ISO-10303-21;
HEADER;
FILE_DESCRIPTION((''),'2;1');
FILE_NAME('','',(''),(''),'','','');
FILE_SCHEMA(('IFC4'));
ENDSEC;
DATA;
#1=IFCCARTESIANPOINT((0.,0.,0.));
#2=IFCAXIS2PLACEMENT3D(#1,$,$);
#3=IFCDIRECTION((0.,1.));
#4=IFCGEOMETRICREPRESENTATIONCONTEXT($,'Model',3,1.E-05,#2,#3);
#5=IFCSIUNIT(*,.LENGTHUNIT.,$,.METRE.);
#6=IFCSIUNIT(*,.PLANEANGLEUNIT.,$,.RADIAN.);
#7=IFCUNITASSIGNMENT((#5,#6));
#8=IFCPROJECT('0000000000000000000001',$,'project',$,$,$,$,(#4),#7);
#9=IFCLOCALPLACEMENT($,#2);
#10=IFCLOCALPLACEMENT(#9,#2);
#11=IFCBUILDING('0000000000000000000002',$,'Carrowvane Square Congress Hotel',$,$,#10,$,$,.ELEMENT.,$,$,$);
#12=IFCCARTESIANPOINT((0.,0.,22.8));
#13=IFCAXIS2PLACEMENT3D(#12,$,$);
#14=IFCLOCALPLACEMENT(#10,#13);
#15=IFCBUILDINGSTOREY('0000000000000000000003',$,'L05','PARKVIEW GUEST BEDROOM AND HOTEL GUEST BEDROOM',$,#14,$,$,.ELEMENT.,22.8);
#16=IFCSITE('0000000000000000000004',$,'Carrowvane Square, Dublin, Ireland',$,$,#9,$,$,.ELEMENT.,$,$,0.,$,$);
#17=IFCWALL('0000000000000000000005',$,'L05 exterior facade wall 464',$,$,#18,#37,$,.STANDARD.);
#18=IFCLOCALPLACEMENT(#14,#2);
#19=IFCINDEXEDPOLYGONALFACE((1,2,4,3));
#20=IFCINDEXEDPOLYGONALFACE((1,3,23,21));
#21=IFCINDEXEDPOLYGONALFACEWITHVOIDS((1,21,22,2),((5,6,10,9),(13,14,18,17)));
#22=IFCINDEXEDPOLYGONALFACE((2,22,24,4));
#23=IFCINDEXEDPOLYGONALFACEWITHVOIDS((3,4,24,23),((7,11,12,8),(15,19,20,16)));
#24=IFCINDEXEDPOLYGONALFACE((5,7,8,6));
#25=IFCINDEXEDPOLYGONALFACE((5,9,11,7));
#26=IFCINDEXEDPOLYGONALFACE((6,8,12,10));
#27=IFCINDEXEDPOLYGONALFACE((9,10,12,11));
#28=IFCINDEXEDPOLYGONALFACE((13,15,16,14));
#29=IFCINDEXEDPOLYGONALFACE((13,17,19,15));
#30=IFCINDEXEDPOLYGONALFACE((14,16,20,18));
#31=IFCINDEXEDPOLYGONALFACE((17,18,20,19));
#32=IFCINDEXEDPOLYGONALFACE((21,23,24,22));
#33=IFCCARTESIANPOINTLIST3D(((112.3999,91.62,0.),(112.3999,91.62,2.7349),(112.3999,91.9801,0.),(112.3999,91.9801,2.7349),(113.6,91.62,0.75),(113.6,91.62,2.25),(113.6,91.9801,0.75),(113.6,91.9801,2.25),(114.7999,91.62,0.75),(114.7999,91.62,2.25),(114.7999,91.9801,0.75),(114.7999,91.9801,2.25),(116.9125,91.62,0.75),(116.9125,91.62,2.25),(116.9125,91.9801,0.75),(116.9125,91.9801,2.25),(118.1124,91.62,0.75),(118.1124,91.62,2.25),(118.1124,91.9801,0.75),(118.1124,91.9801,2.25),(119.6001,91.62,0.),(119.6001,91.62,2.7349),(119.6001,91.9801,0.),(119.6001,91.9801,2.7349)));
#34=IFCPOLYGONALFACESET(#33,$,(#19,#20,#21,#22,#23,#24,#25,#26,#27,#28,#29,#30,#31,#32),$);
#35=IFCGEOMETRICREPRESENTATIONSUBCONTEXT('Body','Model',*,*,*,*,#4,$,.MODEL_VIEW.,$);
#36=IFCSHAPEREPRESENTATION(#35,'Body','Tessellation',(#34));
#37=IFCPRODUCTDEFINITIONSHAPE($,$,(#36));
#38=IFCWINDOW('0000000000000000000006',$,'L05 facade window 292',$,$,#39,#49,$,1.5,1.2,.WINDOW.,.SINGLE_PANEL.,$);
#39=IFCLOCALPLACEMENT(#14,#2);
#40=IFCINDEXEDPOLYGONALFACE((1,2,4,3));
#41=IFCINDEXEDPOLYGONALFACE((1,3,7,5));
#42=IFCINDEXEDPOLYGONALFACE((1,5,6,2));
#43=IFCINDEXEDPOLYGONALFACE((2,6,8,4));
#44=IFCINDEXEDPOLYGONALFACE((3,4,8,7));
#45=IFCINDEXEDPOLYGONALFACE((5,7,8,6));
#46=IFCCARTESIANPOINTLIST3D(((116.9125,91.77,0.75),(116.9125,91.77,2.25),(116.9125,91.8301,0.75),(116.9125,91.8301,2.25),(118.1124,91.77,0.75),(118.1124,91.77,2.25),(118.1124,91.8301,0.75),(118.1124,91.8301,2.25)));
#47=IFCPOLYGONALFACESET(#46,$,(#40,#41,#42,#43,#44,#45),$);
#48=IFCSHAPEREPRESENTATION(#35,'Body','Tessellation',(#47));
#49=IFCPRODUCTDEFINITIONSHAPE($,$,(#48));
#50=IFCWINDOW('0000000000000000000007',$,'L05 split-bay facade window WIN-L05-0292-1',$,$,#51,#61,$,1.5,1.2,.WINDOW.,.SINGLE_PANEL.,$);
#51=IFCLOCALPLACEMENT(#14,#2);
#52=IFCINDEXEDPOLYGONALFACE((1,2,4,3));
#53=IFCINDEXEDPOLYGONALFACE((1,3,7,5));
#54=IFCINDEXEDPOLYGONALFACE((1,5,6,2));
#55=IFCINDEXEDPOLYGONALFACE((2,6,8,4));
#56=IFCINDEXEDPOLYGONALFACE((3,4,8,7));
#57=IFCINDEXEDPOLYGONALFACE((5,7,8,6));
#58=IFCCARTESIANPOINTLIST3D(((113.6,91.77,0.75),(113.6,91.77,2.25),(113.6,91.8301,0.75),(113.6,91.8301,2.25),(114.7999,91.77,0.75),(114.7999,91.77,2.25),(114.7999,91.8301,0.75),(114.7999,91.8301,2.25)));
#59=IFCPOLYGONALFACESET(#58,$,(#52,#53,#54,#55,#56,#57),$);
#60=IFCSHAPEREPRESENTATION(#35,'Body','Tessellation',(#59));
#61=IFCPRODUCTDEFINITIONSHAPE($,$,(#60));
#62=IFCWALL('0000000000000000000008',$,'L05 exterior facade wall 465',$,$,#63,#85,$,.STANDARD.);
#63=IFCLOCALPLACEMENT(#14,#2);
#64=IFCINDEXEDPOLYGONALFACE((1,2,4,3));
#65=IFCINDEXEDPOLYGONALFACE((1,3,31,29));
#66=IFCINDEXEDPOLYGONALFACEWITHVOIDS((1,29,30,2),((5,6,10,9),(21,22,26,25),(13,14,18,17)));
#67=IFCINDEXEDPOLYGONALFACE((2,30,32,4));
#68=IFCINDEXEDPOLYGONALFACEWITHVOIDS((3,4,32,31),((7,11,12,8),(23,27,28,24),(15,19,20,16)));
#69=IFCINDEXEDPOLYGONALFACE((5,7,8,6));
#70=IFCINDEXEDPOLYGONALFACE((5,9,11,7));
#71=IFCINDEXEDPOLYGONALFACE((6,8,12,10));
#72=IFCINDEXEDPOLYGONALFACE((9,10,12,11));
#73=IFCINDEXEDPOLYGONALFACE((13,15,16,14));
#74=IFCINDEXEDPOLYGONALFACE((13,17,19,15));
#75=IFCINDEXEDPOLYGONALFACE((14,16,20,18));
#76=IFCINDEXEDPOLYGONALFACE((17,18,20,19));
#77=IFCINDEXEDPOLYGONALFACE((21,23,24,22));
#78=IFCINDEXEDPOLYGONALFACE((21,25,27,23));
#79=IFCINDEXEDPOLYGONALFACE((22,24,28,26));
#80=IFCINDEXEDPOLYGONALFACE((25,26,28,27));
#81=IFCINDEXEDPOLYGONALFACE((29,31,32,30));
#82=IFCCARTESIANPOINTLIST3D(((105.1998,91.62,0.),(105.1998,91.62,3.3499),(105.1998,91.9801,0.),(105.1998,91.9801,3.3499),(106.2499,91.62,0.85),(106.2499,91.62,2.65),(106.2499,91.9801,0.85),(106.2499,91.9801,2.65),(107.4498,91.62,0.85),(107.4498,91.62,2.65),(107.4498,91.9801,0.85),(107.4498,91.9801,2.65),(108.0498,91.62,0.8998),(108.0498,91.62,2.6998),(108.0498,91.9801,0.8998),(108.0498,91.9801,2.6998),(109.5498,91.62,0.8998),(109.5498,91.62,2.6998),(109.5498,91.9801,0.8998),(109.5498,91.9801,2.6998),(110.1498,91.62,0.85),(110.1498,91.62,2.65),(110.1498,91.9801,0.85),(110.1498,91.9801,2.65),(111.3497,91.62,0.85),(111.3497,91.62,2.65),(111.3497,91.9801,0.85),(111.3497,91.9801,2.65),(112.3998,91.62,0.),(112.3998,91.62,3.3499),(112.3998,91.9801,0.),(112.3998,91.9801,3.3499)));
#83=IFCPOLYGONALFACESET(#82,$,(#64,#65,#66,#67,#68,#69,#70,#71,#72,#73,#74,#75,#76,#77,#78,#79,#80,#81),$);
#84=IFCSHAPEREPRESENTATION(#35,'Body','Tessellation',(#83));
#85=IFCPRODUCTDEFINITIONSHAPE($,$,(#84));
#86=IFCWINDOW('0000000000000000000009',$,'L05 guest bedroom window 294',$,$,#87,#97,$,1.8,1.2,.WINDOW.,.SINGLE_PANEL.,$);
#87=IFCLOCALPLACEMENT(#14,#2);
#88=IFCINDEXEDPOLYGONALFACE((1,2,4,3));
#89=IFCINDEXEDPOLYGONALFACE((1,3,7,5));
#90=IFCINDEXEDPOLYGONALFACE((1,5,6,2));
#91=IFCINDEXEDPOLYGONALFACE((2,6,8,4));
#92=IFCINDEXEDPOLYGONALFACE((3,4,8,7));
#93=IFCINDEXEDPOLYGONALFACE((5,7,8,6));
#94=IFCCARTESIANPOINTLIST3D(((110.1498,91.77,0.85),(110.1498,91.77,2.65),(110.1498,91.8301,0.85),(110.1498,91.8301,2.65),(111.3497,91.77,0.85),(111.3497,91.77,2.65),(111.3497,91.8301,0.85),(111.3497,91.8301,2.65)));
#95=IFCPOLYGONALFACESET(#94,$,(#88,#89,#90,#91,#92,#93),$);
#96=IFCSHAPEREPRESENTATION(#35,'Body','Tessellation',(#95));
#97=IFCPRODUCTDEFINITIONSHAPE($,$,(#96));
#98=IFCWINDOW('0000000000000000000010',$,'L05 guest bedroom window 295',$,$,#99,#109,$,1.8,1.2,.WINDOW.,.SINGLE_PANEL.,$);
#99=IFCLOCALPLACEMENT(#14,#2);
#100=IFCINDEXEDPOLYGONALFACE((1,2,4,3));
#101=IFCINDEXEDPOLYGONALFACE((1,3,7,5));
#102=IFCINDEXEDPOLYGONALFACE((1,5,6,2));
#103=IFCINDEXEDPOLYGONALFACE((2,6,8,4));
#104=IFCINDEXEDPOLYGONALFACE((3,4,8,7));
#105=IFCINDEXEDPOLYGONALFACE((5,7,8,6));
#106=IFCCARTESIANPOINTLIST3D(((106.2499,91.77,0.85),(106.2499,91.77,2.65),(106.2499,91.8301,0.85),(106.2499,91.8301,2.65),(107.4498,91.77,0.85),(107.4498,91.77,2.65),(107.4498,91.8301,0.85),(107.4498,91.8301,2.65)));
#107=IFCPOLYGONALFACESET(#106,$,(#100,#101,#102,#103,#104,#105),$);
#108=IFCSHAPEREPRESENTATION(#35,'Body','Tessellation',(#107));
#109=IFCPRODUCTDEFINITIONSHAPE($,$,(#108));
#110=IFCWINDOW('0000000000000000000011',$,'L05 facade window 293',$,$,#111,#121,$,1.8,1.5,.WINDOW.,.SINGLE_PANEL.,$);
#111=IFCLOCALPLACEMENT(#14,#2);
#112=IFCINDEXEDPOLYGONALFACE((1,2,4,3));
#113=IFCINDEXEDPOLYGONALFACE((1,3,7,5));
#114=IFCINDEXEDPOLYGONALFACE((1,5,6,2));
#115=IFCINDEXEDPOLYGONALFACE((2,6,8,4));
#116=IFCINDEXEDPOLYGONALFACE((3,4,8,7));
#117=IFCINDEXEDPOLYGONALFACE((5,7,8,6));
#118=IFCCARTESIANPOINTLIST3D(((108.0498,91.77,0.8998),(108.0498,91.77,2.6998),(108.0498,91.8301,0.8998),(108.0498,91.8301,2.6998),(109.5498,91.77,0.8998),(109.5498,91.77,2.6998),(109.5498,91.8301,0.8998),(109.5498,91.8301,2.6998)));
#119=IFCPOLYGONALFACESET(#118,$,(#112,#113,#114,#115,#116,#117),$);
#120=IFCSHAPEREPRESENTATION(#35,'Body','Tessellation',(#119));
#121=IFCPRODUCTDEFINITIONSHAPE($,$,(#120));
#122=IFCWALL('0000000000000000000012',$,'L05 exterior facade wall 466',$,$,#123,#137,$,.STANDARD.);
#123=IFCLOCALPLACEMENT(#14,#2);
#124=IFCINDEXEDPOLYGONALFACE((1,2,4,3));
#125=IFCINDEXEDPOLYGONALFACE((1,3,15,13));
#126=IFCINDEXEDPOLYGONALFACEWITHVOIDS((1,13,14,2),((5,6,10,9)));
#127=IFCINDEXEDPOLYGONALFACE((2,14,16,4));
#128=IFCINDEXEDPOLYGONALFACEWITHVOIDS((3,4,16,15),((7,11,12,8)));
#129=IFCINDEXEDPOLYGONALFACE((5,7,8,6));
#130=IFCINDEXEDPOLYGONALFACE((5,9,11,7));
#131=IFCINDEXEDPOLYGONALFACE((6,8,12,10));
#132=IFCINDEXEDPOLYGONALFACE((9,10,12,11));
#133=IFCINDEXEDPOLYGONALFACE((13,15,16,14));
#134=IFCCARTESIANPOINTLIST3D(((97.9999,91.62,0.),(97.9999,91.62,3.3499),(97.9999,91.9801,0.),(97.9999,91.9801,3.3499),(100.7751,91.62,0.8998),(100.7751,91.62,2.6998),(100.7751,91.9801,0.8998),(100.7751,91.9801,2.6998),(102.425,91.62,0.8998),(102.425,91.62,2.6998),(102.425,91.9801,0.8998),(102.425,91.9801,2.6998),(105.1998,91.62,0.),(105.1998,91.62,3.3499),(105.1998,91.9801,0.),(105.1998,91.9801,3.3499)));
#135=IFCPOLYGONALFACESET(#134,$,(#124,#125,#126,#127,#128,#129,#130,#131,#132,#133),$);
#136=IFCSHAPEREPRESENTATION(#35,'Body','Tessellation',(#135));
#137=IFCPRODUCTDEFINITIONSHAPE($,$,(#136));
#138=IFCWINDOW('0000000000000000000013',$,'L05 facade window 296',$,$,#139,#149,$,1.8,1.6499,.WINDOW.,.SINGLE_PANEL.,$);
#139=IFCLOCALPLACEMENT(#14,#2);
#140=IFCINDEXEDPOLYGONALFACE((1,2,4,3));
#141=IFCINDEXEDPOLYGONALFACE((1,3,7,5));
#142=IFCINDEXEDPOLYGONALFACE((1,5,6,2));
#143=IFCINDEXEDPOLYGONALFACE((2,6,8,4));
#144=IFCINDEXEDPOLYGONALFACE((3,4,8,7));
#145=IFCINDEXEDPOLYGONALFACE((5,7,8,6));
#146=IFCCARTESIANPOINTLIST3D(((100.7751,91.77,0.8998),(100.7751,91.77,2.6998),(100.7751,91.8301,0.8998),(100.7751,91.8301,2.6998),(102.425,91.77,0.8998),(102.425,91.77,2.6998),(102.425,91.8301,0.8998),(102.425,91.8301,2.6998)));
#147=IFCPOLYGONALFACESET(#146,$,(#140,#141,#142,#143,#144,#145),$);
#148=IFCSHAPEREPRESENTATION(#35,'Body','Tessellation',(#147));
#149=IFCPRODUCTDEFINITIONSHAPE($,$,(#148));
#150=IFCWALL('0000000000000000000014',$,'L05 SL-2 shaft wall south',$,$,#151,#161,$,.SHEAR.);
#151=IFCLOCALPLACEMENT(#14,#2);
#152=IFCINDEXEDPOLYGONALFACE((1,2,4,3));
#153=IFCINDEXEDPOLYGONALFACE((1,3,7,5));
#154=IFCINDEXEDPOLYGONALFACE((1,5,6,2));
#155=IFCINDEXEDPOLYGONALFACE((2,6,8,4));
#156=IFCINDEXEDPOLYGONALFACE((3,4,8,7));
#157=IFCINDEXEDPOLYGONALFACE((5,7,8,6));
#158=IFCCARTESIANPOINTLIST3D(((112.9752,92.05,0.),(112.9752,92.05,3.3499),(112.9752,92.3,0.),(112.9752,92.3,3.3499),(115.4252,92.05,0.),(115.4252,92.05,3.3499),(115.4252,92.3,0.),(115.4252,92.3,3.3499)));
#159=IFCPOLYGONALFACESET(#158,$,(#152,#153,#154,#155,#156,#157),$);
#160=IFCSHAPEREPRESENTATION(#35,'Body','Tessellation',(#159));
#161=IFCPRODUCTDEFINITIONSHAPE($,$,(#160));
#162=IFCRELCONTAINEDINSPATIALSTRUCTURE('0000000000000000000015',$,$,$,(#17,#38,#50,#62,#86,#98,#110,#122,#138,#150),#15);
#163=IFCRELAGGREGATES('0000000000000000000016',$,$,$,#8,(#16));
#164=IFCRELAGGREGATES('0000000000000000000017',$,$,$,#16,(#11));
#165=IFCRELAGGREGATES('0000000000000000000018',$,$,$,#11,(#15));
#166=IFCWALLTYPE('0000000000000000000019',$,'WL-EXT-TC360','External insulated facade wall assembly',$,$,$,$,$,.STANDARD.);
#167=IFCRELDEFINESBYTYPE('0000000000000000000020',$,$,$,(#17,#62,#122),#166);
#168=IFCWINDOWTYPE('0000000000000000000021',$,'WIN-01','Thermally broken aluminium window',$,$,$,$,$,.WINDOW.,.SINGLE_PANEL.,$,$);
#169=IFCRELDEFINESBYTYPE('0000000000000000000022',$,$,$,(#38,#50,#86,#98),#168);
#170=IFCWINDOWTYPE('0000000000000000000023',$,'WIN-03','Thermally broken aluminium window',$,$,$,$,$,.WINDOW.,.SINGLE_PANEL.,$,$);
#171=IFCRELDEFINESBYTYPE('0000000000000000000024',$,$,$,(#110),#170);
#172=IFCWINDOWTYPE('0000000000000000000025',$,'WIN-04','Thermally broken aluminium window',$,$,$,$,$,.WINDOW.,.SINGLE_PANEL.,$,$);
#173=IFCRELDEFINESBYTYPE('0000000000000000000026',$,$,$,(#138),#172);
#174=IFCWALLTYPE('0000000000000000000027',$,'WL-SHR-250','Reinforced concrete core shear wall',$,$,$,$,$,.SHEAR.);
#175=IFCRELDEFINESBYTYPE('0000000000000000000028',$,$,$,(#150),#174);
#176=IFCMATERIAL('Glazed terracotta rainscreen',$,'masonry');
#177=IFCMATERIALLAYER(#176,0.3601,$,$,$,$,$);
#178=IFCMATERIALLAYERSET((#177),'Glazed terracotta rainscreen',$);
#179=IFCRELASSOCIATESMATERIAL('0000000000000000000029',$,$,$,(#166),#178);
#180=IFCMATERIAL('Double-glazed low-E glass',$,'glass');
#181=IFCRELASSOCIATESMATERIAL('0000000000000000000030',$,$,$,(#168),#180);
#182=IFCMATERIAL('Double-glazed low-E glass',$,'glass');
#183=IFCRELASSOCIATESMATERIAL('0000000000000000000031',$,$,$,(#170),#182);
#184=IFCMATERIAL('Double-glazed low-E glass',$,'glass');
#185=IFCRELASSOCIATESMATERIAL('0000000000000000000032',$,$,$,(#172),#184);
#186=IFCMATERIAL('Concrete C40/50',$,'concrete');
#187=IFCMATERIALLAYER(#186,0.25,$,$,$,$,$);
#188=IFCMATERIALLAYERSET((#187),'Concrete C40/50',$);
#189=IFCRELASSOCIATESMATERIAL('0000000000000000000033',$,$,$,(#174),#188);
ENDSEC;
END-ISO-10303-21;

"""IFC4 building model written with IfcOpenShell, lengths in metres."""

from ifc_helpers import new_model, si_unit, direction, frame, frame_2d, origin, place, context, subcontext, project, spatial, rectangle, extrude, material, layer, layer_set, type_object, element, fill, save


model = new_model("IFC4")

# Units and contexts
model_context = context("Model", 3, precision=1e-05, world=origin(), true_north=direction((0.0, 1.0)))
body_context = subcontext(model_context, "Body", "Model", "MODEL_VIEW")
ifc_project = project(units=[si_unit("LENGTHUNIT", "METRE"), si_unit("PLANEANGLEUNIT", "RADIAN")], contexts=[model_context])

# Site, building, storey
site_placement = place(None, origin())
site = spatial("IfcSite", under=ifc_project, at=site_placement, Name="Carrowvane Square, Dublin, Ireland", CompositionType="ELEMENT", RefElevation=0.0)
building_placement = place(site_placement, origin())
building = spatial("IfcBuilding", under=site, at=building_placement, Name="Carrowvane Square Congress Hotel", CompositionType="ELEMENT")
storey_placement = place(building_placement, frame((0.0, 0.0, 22.8)))
storey = spatial("IfcBuildingStorey", under=building, at=storey_placement, Name="L05", Description="PARKVIEW GUEST BEDROOM AND HOTEL GUEST BEDROOM", CompositionType="ELEMENT", Elevation=22.8)

# Walls, openings, windows
ifc_material_1 = material(Name="Glazed terracotta rainscreen", Category="masonry")
ifc_layer_1 = layer(ifc_material_1, 0.3601)
ifc_layer_set_1 = layer_set([ifc_layer_1], Name="Glazed terracotta rainscreen")
wall_type_1 = type_object("IfcWallType", Name="WL-EXT-TC360", Description="External insulated facade wall assembly", PredefinedType="STANDARD", material=ifc_layer_set_1)
ifc_material_2 = material(Name="Double-glazed low-E glass", Category="glass")
window_type_1 = type_object("IfcWindowType", Name="WIN-01", Description="Thermally broken aluminium window", PartitioningType="SINGLE_PANEL", PredefinedType="WINDOW", material=ifc_material_2)
wall_1_placement = place(storey_placement, frame((119.6001, 91.8, 0.0), z_axis=(0.0, 0.0, 1.0), x_axis=(-1.0, 0.0, 0.0)))
wall_1 = element("IfcWall", 1, at=wall_1_placement, inside=storey, type_object=wall_type_1, Name="L05 exterior facade wall 464", PredefinedType="STANDARD", context=body_context, shape_type="SweptSolid", body=[
    extrude(rectangle(XDim=7.2002, YDim=0.3601, at=frame_2d((3.6001, 0.0))), origin(), (0.0, 0.0, 1.0), 2.7349),
])
opening_1_placement = place(wall_1_placement, frame((1.4875, 0.0, 0.75)))
opening_1 = element("IfcOpeningElement", 2, at=opening_1_placement, cuts=wall_1, PredefinedType="OPENING", context=body_context, shape_type="SweptSolid", body=[
    extrude(rectangle(XDim=1.2, YDim=1.5, at=frame_2d((0.6001, 0.75))), frame((0.0, 0.1899, 0.0), z_axis=(0.0, -1.0, 0.0), x_axis=(1.0, 0.0, 0.0)), (0.0, 0.0, 1.0), 0.3801),
])
opening_2_placement = place(wall_1_placement, frame((4.8, 0.0, 0.75)))
opening_2 = element("IfcOpeningElement", 3, at=opening_2_placement, cuts=wall_1, PredefinedType="OPENING", context=body_context, shape_type="SweptSolid", body=[
    extrude(rectangle(XDim=1.2, YDim=1.5, at=frame_2d((0.6001, 0.75))), frame((0.0, 0.1899, 0.0), z_axis=(0.0, -1.0, 0.0), x_axis=(1.0, 0.0, 0.0)), (0.0, 0.0, 1.0), 0.3801),
])
window_1_placement = place(opening_1_placement, origin())
window_1 = element("IfcWindow", 4, at=window_1_placement, inside=storey, type_object=window_type_1, Name="L05 facade window 292", OverallHeight=1.5, OverallWidth=1.2, PartitioningType="SINGLE_PANEL", PredefinedType="WINDOW", context=body_context, shape_type="SweptSolid", body=[
    extrude(rectangle(XDim=1.2, YDim=1.5, at=frame_2d((0.6001, 0.75))), frame((0.0, 0.03, 0.0), z_axis=(0.0, -1.0, 0.0), x_axis=(1.0, 0.0, 0.0)), (0.0, 0.0, 1.0), 0.0601),
])
fill(opening_1, window_1)
window_2_placement = place(opening_2_placement, origin())
window_2 = element("IfcWindow", 5, at=window_2_placement, inside=storey, type_object=window_type_1, Name="L05 split-bay facade window WIN-L05-0292-1", OverallHeight=1.5, OverallWidth=1.2, PartitioningType="SINGLE_PANEL", PredefinedType="WINDOW", context=body_context, shape_type="SweptSolid", body=[
    extrude(rectangle(XDim=1.2, YDim=1.5, at=frame_2d((0.6001, 0.75))), frame((0.0, 0.03, 0.0), z_axis=(0.0, -1.0, 0.0), x_axis=(1.0, 0.0, 0.0)), (0.0, 0.0, 1.0), 0.0601),
])
fill(opening_2, window_2)
wall_2_placement = place(storey_placement, frame((112.3999, 91.8, 0.0), z_axis=(0.0, 0.0, 1.0), x_axis=(-1.0, 0.0, 0.0)))
wall_2 = element("IfcWall", 6, at=wall_2_placement, inside=storey, type_object=wall_type_1, Name="L05 exterior facade wall 465", PredefinedType="STANDARD", context=body_context, shape_type="SweptSolid", body=[
    extrude(rectangle(XDim=7.2, YDim=0.3601, at=frame_2d((3.6001, 0.0))), origin(), (0.0, 0.0, 1.0), 3.3499),
])
opening_3_placement = place(wall_2_placement, frame((2.8501, 0.0, 0.8999)))
opening_3 = element("IfcOpeningElement", 7, at=opening_3_placement, cuts=wall_2, PredefinedType="OPENING", context=body_context, shape_type="SweptSolid", body=[
    extrude(rectangle(XDim=1.5, YDim=1.8, at=frame_2d((0.75, 0.8999))), frame((0.0, 0.1899, 0.0), z_axis=(0.0, -1.0, 0.0), x_axis=(1.0, 0.0, 0.0)), (0.0, 0.0, 1.0), 0.3801),
])
opening_4_placement = place(wall_2_placement, frame((1.05, 0.0, 0.8501)))
opening_4 = element("IfcOpeningElement", 8, at=opening_4_placement, cuts=wall_2, PredefinedType="OPENING", context=body_context, shape_type="SweptSolid", body=[
    extrude(rectangle(XDim=1.2, YDim=1.8, at=frame_2d((0.6001, 0.8999))), frame((0.0, 0.1899, 0.0), z_axis=(0.0, -1.0, 0.0), x_axis=(1.0, 0.0, 0.0)), (0.0, 0.0, 1.0), 0.3801),
])
opening_5_placement = place(wall_2_placement, frame((4.95, 0.0, 0.8501)))
opening_5 = element("IfcOpeningElement", 9, at=opening_5_placement, cuts=wall_2, PredefinedType="OPENING", context=body_context, shape_type="SweptSolid", body=[
    extrude(rectangle(XDim=1.2, YDim=1.8, at=frame_2d((0.6001, 0.8999))), frame((0.0, 0.1899, 0.0), z_axis=(0.0, -1.0, 0.0), x_axis=(1.0, 0.0, 0.0)), (0.0, 0.0, 1.0), 0.3801),
])
window_3_placement = place(opening_4_placement, origin())
window_3 = element("IfcWindow", 10, at=window_3_placement, inside=storey, type_object=window_type_1, Name="L05 guest bedroom window 294", OverallHeight=1.8, OverallWidth=1.2, PartitioningType="SINGLE_PANEL", PredefinedType="WINDOW", context=body_context, shape_type="SweptSolid", body=[
    extrude(rectangle(XDim=1.2, YDim=1.8, at=frame_2d((0.6001, 0.8999))), frame((0.0, 0.03, 0.0), z_axis=(0.0, -1.0, 0.0), x_axis=(1.0, 0.0, 0.0)), (0.0, 0.0, 1.0), 0.0601),
])
fill(opening_4, window_3)
window_4_placement = place(opening_5_placement, origin())
window_4 = element("IfcWindow", 11, at=window_4_placement, inside=storey, type_object=window_type_1, Name="L05 guest bedroom window 295", OverallHeight=1.8, OverallWidth=1.2, PartitioningType="SINGLE_PANEL", PredefinedType="WINDOW", context=body_context, shape_type="SweptSolid", body=[
    extrude(rectangle(XDim=1.2, YDim=1.8, at=frame_2d((0.6001, 0.8999))), frame((0.0, 0.03, 0.0), z_axis=(0.0, -1.0, 0.0), x_axis=(1.0, 0.0, 0.0)), (0.0, 0.0, 1.0), 0.0601),
])
fill(opening_5, window_4)
ifc_material_3 = material(Name="Double-glazed low-E glass", Category="glass")
window_type_2 = type_object("IfcWindowType", Name="WIN-03", Description="Thermally broken aluminium window", PartitioningType="SINGLE_PANEL", PredefinedType="WINDOW", material=ifc_material_3)
window_5_placement = place(opening_3_placement, origin())
window_5 = element("IfcWindow", 12, at=window_5_placement, inside=storey, type_object=window_type_2, Name="L05 facade window 293", OverallHeight=1.8, OverallWidth=1.5, PartitioningType="SINGLE_PANEL", PredefinedType="WINDOW", context=body_context, shape_type="SweptSolid", body=[
    extrude(rectangle(XDim=1.5, YDim=1.8, at=frame_2d((0.75, 0.8999))), frame((0.0, 0.03, 0.0), z_axis=(0.0, -1.0, 0.0), x_axis=(1.0, 0.0, 0.0)), (0.0, 0.0, 1.0), 0.0601),
])
fill(opening_3, window_5)

# Wall, opening, window
wall_3_placement = place(storey_placement, frame((105.2, 91.8, 0.0), z_axis=(0.0, 0.0, 1.0), x_axis=(-1.0, 0.0, 0.0)))
wall_3 = element("IfcWall", 13, at=wall_3_placement, inside=storey, type_object=wall_type_1, Name="L05 exterior facade wall 466", PredefinedType="STANDARD", context=body_context, shape_type="SweptSolid", body=[
    extrude(rectangle(XDim=7.2, YDim=0.3601, at=frame_2d((3.6001, 0.0))), origin(), (0.0, 0.0, 1.0), 3.3499),
])
opening_6_placement = place(wall_3_placement, frame((2.7749, 0.0, 0.8999)))
opening_6 = element("IfcOpeningElement", 14, at=opening_6_placement, cuts=wall_3, PredefinedType="OPENING", context=body_context, shape_type="SweptSolid", body=[
    extrude(rectangle(XDim=1.6499, YDim=1.8, at=frame_2d((0.825, 0.8999))), frame((0.0, 0.1899, 0.0), z_axis=(0.0, -1.0, 0.0), x_axis=(1.0, 0.0, 0.0)), (0.0, 0.0, 1.0), 0.3801),
])
ifc_material_4 = material(Name="Double-glazed low-E glass", Category="glass")
window_type_3 = type_object("IfcWindowType", Name="WIN-04", Description="Thermally broken aluminium window", PartitioningType="SINGLE_PANEL", PredefinedType="WINDOW", material=ifc_material_4)
window_6_placement = place(opening_6_placement, origin())
window_6 = element("IfcWindow", 15, at=window_6_placement, inside=storey, type_object=window_type_3, Name="L05 facade window 296", OverallHeight=1.8, OverallWidth=1.6499, PartitioningType="SINGLE_PANEL", PredefinedType="WINDOW", context=body_context, shape_type="SweptSolid", body=[
    extrude(rectangle(XDim=1.6499, YDim=1.8, at=frame_2d((0.825, 0.8999))), frame((0.0, 0.03, 0.0), z_axis=(0.0, -1.0, 0.0), x_axis=(1.0, 0.0, 0.0)), (0.0, 0.0, 1.0), 0.0601),
])
fill(opening_6, window_6)

# Wall
ifc_material_5 = material(Name="Concrete C40/50", Category="concrete")
ifc_layer_2 = layer(ifc_material_5, 0.25)
ifc_layer_set_2 = layer_set([ifc_layer_2], Name="Concrete C40/50")
wall_type_2 = type_object("IfcWallType", Name="WL-SHR-250", Description="Reinforced concrete core shear wall", PredefinedType="SHEAR", material=ifc_layer_set_2)
wall_4_placement = place(storey_placement, frame((112.9751, 92.175, 0.0), z_axis=(0.0, 0.0, 1.0), x_axis=(1.0, 0.0, 0.0)))
element("IfcWall", 16, at=wall_4_placement, inside=storey, type_object=wall_type_2, Name="L05 SL-2 shaft wall south", PredefinedType="SHEAR", context=body_context, shape_type="SweptSolid", body=[
    extrude(rectangle(XDim=2.45, YDim=0.25, at=frame_2d((1.2251, 0.0))), origin(), (0.0, 0.0, 1.0), 3.3499),
])

save(model, "model.ifc")
